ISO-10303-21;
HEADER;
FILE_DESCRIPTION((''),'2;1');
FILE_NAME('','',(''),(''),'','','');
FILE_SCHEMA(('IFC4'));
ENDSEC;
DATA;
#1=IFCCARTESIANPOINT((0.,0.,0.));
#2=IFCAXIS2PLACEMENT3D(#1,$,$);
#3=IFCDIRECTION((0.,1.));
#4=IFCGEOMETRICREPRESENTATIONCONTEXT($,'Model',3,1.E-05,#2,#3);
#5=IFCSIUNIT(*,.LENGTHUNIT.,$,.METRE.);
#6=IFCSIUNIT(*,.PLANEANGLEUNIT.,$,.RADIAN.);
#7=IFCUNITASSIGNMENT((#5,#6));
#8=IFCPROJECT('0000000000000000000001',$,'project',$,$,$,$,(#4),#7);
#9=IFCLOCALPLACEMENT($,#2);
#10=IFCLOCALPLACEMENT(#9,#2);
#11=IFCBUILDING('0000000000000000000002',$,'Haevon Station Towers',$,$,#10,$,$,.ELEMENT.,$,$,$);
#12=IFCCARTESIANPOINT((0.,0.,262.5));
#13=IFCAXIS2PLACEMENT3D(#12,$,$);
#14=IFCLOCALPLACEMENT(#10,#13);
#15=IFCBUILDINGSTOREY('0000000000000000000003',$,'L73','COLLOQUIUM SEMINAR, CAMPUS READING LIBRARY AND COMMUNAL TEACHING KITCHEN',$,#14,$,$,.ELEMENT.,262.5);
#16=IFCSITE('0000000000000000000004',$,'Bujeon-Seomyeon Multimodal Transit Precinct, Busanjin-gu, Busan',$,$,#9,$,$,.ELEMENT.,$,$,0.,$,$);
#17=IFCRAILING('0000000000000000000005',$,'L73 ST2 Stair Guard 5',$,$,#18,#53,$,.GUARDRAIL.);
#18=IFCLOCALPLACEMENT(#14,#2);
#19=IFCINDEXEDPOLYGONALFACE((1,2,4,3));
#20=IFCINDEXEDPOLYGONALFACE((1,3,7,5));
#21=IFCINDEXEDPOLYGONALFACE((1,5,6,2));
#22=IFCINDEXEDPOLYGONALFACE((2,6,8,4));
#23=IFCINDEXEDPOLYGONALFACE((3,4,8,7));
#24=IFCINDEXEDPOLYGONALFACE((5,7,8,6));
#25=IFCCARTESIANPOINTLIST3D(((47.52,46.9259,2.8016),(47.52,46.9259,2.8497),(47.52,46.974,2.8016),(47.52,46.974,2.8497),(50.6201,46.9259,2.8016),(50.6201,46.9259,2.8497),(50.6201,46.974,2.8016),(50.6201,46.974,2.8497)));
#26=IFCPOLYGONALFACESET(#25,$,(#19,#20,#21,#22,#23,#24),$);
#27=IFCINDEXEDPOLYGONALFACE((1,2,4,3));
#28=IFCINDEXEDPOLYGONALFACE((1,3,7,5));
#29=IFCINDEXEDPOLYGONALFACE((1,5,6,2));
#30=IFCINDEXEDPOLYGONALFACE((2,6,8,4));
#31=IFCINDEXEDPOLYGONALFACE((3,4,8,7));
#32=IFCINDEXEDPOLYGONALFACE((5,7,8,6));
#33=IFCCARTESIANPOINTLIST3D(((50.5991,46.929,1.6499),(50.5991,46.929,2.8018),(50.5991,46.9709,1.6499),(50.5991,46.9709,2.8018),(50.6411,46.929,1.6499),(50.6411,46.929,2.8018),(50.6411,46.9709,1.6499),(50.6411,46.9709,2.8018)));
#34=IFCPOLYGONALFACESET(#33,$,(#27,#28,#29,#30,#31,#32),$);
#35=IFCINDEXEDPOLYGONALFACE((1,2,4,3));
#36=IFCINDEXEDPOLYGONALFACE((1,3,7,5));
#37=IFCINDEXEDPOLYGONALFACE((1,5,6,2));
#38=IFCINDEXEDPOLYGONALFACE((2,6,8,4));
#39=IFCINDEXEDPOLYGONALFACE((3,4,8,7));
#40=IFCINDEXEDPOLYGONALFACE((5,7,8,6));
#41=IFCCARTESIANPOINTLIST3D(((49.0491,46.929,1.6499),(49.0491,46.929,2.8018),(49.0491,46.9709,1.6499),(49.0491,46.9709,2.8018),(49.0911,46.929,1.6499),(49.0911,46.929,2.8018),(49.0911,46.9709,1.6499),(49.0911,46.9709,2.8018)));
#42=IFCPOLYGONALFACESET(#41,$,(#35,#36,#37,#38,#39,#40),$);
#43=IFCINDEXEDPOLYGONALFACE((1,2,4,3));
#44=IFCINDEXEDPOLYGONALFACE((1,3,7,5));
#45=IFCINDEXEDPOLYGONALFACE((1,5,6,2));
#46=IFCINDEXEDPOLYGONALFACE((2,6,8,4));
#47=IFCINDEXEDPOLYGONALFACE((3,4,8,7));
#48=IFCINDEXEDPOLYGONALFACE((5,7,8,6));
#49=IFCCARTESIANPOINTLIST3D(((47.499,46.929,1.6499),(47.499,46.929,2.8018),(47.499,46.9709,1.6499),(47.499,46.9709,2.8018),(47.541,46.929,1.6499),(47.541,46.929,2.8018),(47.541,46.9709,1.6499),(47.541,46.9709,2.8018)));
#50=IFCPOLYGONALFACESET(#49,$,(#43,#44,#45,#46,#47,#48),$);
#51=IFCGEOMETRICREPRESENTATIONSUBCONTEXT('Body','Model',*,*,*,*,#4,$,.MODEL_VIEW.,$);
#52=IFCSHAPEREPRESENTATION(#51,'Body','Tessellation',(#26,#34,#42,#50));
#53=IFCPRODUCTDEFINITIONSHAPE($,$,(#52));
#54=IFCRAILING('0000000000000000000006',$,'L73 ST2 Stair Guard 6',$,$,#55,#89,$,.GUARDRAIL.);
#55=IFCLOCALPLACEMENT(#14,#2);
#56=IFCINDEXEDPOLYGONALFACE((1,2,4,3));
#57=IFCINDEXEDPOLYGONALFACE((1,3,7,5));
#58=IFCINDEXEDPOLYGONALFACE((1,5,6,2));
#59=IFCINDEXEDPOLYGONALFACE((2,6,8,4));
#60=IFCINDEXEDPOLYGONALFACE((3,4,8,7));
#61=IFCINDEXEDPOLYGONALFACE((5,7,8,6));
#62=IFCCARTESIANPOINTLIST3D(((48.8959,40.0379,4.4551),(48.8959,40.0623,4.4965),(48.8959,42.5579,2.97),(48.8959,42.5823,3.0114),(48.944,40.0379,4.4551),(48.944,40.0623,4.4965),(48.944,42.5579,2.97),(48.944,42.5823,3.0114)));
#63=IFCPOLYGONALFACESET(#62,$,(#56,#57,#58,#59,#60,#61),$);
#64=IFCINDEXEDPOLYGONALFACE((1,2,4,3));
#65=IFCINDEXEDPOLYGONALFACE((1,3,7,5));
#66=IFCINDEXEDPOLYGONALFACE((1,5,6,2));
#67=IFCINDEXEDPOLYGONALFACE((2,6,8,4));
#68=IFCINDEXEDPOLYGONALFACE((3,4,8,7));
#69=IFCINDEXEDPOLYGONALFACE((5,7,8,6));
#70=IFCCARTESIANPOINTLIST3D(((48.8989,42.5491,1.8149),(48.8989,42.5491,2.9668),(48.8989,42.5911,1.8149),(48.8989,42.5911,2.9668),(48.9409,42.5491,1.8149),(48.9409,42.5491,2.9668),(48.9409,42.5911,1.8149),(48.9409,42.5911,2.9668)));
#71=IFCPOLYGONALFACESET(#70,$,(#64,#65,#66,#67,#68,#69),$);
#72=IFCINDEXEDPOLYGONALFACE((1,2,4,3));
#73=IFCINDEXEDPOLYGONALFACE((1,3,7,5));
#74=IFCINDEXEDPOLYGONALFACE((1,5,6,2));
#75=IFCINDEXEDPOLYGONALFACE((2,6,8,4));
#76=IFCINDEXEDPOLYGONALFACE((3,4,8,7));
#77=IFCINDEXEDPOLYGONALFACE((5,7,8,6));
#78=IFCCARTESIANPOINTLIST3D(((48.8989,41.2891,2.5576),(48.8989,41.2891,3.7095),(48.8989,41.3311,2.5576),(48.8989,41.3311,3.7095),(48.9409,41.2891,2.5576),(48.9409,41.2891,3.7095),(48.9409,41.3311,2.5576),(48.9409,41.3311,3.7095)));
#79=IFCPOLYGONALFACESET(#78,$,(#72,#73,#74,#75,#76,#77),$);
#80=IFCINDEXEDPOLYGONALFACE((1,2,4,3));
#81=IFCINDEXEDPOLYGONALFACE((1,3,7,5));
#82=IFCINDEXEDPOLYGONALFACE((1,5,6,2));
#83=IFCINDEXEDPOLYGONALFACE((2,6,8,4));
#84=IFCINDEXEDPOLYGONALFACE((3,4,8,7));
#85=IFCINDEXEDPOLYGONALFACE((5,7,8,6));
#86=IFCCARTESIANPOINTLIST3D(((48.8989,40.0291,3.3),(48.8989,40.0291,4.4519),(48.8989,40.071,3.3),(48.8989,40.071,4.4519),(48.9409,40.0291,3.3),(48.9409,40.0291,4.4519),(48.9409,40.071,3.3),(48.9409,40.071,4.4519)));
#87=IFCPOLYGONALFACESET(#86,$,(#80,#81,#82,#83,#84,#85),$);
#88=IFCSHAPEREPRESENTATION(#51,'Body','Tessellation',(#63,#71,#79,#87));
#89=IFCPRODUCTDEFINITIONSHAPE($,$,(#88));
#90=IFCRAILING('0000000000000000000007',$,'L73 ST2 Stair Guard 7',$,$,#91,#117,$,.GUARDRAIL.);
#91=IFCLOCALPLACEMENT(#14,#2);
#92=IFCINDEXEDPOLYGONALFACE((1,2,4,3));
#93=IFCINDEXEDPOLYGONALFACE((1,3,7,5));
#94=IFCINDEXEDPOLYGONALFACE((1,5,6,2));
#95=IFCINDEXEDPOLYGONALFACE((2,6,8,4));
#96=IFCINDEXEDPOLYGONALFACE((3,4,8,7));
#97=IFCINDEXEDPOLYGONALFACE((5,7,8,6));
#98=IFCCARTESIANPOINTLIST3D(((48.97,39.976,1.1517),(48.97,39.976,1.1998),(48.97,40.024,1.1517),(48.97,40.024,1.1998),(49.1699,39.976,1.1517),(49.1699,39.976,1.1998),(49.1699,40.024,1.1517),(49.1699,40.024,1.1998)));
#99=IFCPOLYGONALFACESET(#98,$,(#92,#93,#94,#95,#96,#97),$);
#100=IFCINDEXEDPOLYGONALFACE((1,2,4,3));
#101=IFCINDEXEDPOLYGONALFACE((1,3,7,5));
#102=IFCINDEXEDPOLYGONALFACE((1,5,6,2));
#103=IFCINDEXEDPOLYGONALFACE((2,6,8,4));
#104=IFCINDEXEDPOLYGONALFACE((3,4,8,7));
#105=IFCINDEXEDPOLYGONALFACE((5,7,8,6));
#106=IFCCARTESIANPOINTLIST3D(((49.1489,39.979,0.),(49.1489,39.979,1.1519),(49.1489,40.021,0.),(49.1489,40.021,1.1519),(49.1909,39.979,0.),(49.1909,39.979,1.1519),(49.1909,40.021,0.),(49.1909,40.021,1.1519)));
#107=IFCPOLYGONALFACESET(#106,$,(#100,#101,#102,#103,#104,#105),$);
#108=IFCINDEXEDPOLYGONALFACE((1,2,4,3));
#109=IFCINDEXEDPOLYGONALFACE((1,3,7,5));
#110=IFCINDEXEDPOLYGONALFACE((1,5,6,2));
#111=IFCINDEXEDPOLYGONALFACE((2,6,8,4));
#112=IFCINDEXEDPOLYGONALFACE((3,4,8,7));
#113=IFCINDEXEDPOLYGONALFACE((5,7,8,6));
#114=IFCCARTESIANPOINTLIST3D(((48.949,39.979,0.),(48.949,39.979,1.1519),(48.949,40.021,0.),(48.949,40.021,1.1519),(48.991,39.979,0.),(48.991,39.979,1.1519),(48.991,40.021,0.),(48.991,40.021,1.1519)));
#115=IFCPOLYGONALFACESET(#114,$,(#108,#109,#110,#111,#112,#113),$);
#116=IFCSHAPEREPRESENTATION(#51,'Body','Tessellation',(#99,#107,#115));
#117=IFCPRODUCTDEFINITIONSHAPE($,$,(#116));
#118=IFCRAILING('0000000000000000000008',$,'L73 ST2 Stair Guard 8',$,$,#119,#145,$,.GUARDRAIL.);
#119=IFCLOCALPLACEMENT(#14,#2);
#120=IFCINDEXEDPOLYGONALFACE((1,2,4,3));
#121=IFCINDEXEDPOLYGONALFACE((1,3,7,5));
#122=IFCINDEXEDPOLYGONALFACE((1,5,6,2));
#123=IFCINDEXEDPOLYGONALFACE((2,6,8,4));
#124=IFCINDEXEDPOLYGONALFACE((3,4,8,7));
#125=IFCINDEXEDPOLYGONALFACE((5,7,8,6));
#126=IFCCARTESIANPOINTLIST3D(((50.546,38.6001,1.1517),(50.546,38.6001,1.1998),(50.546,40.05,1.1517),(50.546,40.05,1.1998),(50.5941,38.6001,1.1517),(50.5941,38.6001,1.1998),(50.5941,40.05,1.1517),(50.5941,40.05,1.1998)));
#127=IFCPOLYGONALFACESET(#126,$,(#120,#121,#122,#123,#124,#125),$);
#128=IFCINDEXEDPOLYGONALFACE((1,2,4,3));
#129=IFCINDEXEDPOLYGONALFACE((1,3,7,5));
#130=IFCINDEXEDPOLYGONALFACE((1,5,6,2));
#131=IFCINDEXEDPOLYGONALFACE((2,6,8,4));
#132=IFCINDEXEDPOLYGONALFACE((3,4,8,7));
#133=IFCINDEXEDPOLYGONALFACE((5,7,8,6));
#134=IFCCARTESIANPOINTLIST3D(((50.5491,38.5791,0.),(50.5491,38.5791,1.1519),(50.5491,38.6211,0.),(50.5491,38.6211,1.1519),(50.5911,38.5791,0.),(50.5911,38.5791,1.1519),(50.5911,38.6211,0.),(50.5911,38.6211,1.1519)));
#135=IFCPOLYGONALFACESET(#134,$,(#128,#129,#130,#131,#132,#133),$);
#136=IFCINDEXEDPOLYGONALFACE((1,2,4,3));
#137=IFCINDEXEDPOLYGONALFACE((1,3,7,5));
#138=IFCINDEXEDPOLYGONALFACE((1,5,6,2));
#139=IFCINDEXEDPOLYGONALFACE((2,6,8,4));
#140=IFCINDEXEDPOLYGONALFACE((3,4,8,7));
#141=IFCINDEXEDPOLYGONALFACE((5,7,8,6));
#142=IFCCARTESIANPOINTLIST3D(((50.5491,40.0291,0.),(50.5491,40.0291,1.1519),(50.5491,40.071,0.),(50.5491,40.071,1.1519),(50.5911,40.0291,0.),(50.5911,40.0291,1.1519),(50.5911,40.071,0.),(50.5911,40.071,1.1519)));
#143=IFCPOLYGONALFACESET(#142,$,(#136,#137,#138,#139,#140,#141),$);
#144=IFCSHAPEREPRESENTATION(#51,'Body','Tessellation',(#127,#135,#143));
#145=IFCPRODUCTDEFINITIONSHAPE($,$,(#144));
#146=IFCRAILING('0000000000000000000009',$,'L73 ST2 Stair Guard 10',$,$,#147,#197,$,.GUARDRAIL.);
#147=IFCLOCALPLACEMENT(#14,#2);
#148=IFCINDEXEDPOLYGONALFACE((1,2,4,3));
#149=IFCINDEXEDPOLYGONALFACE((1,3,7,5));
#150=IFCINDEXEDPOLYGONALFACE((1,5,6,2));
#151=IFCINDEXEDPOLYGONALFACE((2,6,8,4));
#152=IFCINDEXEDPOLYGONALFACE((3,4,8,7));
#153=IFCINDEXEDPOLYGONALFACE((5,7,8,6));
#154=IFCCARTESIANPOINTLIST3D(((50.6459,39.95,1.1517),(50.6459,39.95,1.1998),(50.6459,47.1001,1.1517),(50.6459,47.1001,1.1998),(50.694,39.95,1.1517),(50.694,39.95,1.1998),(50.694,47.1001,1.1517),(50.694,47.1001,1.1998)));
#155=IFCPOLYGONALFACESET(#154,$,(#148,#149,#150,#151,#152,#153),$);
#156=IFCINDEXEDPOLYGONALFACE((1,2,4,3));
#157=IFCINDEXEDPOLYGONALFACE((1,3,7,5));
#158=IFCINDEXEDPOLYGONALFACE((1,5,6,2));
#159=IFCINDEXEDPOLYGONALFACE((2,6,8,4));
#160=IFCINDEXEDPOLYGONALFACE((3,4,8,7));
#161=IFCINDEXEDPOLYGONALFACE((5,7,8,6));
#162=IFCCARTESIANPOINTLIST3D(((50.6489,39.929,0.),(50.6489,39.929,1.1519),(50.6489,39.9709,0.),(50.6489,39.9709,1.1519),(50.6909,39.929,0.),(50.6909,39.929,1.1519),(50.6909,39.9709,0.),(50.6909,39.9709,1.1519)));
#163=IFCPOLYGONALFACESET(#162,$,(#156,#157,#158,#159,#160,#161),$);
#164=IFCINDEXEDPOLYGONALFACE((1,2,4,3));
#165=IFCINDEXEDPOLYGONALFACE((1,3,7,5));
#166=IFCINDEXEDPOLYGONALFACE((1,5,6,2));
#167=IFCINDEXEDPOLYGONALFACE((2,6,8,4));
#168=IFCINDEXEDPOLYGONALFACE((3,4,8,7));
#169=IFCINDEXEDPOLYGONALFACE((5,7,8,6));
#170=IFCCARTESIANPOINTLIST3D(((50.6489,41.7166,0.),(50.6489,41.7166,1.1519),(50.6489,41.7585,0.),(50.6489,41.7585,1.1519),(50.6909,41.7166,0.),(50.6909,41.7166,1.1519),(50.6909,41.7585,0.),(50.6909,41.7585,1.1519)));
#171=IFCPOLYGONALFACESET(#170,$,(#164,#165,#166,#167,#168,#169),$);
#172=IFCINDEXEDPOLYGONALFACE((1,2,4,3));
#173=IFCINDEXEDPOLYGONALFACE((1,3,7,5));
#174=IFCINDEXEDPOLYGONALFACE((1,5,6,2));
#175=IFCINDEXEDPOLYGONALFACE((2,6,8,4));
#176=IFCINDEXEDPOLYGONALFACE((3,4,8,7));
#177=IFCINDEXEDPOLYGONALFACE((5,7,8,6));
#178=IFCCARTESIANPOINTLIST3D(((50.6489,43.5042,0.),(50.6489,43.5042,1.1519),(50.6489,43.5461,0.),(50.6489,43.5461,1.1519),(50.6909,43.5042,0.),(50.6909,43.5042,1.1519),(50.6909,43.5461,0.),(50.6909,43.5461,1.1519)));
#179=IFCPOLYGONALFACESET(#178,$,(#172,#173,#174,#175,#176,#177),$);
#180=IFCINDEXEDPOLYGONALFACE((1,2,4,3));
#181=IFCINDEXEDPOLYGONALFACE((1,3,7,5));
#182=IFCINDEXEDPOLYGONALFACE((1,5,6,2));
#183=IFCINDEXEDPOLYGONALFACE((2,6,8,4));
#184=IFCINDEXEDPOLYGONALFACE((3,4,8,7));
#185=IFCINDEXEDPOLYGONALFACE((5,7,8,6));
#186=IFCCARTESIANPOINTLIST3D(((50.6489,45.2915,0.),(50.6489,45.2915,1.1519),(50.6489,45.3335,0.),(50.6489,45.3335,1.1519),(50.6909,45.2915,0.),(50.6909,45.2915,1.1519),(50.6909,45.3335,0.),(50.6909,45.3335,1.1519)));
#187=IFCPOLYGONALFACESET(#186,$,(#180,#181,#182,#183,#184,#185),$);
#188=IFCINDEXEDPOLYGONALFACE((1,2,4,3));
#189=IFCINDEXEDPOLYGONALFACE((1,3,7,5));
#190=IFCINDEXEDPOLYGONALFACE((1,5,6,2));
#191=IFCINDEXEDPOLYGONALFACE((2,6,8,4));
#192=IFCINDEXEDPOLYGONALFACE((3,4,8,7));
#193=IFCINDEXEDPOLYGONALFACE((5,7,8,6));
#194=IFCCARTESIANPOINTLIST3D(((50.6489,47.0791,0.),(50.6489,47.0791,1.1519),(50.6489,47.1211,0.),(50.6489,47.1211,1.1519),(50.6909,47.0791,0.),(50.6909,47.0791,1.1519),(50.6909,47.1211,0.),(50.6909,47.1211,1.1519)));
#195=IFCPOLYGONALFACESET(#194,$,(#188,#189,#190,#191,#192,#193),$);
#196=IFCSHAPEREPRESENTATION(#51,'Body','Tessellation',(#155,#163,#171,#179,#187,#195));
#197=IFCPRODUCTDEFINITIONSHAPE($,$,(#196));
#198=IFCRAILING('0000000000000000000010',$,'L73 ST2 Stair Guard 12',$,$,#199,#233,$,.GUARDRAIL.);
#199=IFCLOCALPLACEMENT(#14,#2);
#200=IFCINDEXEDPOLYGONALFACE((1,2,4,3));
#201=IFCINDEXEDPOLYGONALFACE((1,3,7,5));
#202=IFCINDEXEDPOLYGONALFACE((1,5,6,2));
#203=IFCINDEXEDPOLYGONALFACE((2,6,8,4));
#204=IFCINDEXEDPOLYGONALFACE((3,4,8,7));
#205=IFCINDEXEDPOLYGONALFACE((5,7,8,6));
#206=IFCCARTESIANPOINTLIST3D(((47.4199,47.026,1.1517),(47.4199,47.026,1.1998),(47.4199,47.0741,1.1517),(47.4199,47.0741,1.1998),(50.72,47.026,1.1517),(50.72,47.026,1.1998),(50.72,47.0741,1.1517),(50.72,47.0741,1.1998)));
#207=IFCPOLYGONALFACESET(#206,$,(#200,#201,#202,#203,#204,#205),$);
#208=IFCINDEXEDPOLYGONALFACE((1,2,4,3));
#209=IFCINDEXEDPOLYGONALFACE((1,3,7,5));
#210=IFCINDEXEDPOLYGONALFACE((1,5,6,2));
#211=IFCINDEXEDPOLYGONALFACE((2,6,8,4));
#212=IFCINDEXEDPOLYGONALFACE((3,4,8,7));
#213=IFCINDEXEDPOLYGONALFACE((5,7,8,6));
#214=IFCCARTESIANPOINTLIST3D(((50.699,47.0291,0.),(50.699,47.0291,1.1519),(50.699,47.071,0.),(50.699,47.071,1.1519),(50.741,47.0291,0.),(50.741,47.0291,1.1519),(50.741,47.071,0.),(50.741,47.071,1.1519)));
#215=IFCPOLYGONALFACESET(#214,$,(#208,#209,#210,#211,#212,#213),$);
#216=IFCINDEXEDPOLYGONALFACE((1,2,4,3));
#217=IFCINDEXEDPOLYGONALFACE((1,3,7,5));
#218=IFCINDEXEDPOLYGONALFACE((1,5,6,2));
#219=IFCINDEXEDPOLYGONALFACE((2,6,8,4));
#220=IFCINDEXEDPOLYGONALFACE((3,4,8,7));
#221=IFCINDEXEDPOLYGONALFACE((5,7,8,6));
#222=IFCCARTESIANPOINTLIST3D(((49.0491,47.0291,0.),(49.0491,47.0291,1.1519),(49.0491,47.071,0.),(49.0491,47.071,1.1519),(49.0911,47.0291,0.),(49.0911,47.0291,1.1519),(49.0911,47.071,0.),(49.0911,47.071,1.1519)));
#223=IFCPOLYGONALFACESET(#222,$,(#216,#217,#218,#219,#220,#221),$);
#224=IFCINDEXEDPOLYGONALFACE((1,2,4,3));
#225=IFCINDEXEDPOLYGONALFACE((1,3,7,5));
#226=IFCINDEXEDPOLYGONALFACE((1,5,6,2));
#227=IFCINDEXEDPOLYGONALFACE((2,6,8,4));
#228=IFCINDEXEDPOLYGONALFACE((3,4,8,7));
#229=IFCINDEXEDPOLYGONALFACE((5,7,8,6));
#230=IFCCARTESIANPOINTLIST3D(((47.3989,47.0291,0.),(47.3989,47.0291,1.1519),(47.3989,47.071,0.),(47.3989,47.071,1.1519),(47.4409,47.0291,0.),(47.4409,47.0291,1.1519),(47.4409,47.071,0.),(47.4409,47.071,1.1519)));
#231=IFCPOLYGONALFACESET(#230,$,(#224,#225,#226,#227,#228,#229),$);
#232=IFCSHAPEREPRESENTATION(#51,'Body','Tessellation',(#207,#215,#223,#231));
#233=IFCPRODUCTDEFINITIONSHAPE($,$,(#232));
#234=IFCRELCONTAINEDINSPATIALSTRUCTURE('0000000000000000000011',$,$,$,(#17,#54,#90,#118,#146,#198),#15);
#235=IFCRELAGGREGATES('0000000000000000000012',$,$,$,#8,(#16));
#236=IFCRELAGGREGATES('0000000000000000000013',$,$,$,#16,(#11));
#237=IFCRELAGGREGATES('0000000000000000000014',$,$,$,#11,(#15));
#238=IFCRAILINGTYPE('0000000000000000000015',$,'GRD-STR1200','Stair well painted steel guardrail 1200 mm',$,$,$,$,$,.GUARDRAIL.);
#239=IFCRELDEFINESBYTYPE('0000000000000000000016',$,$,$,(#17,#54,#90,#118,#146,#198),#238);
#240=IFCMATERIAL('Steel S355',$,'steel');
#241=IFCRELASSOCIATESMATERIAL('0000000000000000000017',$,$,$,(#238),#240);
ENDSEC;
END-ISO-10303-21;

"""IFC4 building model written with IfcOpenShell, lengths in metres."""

from ifc_helpers import new_model, si_unit, direction, frame, origin, origin_2d, place, context, subcontext, project, spatial, rectangle, extrude, material, type_object, element, save


model = new_model("IFC4")

# Units and contexts
model_context = context("Model", 3, precision=1e-05, world=origin(), true_north=direction((0.0, 1.0)))
body_context = subcontext(model_context, "Body", "Model", "MODEL_VIEW")
ifc_project = project(units=[si_unit("LENGTHUNIT", "METRE"), si_unit("PLANEANGLEUNIT", "RADIAN")], contexts=[model_context])

# Site, building, storey
site_placement = place(None, origin())
site = spatial("IfcSite", under=ifc_project, at=site_placement, Name="Bujeon-Seomyeon Multimodal Transit Precinct, Busanjin-gu, Busan", CompositionType="ELEMENT", RefElevation=0.0)
building_placement = place(site_placement, origin())
building = spatial("IfcBuilding", under=site, at=building_placement, Name="Haevon Station Towers", CompositionType="ELEMENT")
storey_placement = place(building_placement, frame((0.0, 0.0, 262.5)))
storey = spatial("IfcBuildingStorey", under=building, at=storey_placement, Name="L73", Description="COLLOQUIUM SEMINAR, CAMPUS READING LIBRARY AND COMMUNAL TEACHING KITCHEN", CompositionType="ELEMENT", Elevation=262.5)

# Shared definitions
ifc_material_1 = material(Name="Steel S355", Category="steel")

# Railings
railing_type_1 = type_object("IfcRailingType", Name="GRD-STR1200", Description="Stair well painted steel guardrail 1200 mm", PredefinedType="GUARDRAIL", material=ifc_material_1)
railing_1_placement = place(storey_placement, frame((50.6201, 46.95, 1.6499)))
element("IfcRailing", 1, at=railing_1_placement, inside=storey, type_object=railing_type_1, Name="L73 ST2 Stair Guard 5", PredefinedType="GUARDRAIL", context=body_context, shape_type="SweptSolid", body=[
    extrude(rectangle(XDim=0.0481, YDim=0.0481, at=origin_2d()), frame((0.0, 0.0, 1.1758), z_axis=(-1.0, 0.0, 0.0), x_axis=(0.0, -1.0, 0.0)), (0.0, 0.0, 1.0), 3.1001),
    extrude(rectangle(XDim=0.042, YDim=0.042, at=origin_2d()), origin(), (0.0, 0.0, 1.0), 1.1519),
    extrude(rectangle(XDim=0.042, YDim=0.042, at=origin_2d()), frame((-1.55, 0.0, 0.0)), (0.0, 0.0, 1.0), 1.1519),
    extrude(rectangle(XDim=0.042, YDim=0.042, at=origin_2d()), frame((-3.1001, 0.0, 0.0)), (0.0, 0.0, 1.0), 1.1519),
])
railing_2_placement = place(storey_placement, frame((48.9199, 42.5701, 1.8149)))
element("IfcRailing", 2, at=railing_2_placement, inside=storey, type_object=railing_type_1, Name="L73 ST2 Stair Guard 6", PredefinedType="GUARDRAIL", context=body_context, shape_type="SweptSolid", body=[
    extrude(rectangle(XDim=0.0481, YDim=0.0481, at=origin_2d()), frame((0.0, 0.0, 1.1758), z_axis=(0.0, -0.861524, 0.507717), x_axis=(1.0, 0.0, 0.0)), (0.0, 0.0, 1.0), 2.925),
    extrude(rectangle(XDim=0.042, YDim=0.042, at=origin_2d()), origin(), (0.0, 0.0, 1.0), 1.1519),
    extrude(rectangle(XDim=0.042, YDim=0.042, at=origin_2d()), frame((0.0, -1.26, 0.7427)), (0.0, 0.0, 1.0), 1.1519),
    extrude(rectangle(XDim=0.042, YDim=0.042, at=origin_2d()), frame((0.0, -2.52, 1.4851)), (0.0, 0.0, 1.0), 1.1519),
])
railing_3_placement = place(storey_placement, frame((49.1699, 40.0, 0.0)))
element("IfcRailing", 3, at=railing_3_placement, inside=storey, type_object=railing_type_1, Name="L73 ST2 Stair Guard 7", PredefinedType="GUARDRAIL", context=body_context, shape_type="SweptSolid", body=[
    extrude(rectangle(XDim=0.0481, YDim=0.0481, at=origin_2d()), frame((0.0, 0.0, 1.1758), z_axis=(-1.0, 0.0, 0.0), x_axis=(0.0, -1.0, 0.0)), (0.0, 0.0, 1.0), 0.2),
    extrude(rectangle(XDim=0.042, YDim=0.042, at=origin_2d()), origin(), (0.0, 0.0, 1.0), 1.1519),
    extrude(rectangle(XDim=0.042, YDim=0.042, at=origin_2d()), frame((-0.2, 0.0, 0.0)), (0.0, 0.0, 1.0), 1.1519),
])
railing_4_placement = place(storey_placement, frame((50.5701, 38.6001, 0.0)))
element("IfcRailing", 4, at=railing_4_placement, inside=storey, type_object=railing_type_1, Name="L73 ST2 Stair Guard 8", PredefinedType="GUARDRAIL", context=body_context, shape_type="SweptSolid", body=[
    extrude(rectangle(XDim=0.0481, YDim=0.0481, at=origin_2d()), frame((0.0, 0.0, 1.1758), z_axis=(0.0, 1.0, 0.0), x_axis=(-1.0, 0.0, 0.0)), (0.0, 0.0, 1.0), 1.45),
    extrude(rectangle(XDim=0.042, YDim=0.042, at=origin_2d()), origin(), (0.0, 0.0, 1.0), 1.1519),
    extrude(rectangle(XDim=0.042, YDim=0.042, at=origin_2d()), frame((0.0, 1.45, 0.0)), (0.0, 0.0, 1.0), 1.1519),
])
railing_5_placement = place(storey_placement, frame((50.6699, 39.95, 0.0)))
element("IfcRailing", 5, at=railing_5_placement, inside=storey, type_object=railing_type_1, Name="L73 ST2 Stair Guard 10", PredefinedType="GUARDRAIL", context=body_context, shape_type="SweptSolid", body=[
    extrude(rectangle(XDim=0.0481, YDim=0.0481, at=origin_2d()), frame((0.0, 0.0, 1.1758), z_axis=(0.0, 1.0, 0.0), x_axis=(-1.0, 0.0, 0.0)), (0.0, 0.0, 1.0), 7.1501),
    extrude(rectangle(XDim=0.042, YDim=0.042, at=origin_2d()), origin(), (0.0, 0.0, 1.0), 1.1519),
    extrude(rectangle(XDim=0.042, YDim=0.042, at=origin_2d()), frame((0.0, 1.7876, 0.0)), (0.0, 0.0, 1.0), 1.1519),
    extrude(rectangle(XDim=0.042, YDim=0.042, at=origin_2d()), frame((0.0, 3.5752, 0.0)), (0.0, 0.0, 1.0), 1.1519),
    extrude(rectangle(XDim=0.042, YDim=0.042, at=origin_2d()), frame((0.0, 5.3625, 0.0)), (0.0, 0.0, 1.0), 1.1519),
    extrude(rectangle(XDim=0.042, YDim=0.042, at=origin_2d()), frame((0.0, 7.1501, 0.0)), (0.0, 0.0, 1.0), 1.1519),
])
railing_6_placement = place(storey_placement, frame((50.72, 47.05, 0.0)))
element("IfcRailing", 6, at=railing_6_placement, inside=storey, type_object=railing_type_1, Name="L73 ST2 Stair Guard 12", PredefinedType="GUARDRAIL", context=body_context, shape_type="SweptSolid", body=[
    extrude(rectangle(XDim=0.0481, YDim=0.0481, at=origin_2d()), frame((0.0, 0.0, 1.1758), z_axis=(-1.0, 0.0, 0.0), x_axis=(0.0, -1.0, 0.0)), (0.0, 0.0, 1.0), 3.3),
    extrude(rectangle(XDim=0.042, YDim=0.042, at=origin_2d()), origin(), (0.0, 0.0, 1.0), 1.1519),
    extrude(rectangle(XDim=0.042, YDim=0.042, at=origin_2d()), frame((-1.6499, 0.0, 0.0)), (0.0, 0.0, 1.0), 1.1519),
    extrude(rectangle(XDim=0.042, YDim=0.042, at=origin_2d()), frame((-3.3, 0.0, 0.0)), (0.0, 0.0, 1.0), 1.1519),
])

save(model, "model.ifc")
